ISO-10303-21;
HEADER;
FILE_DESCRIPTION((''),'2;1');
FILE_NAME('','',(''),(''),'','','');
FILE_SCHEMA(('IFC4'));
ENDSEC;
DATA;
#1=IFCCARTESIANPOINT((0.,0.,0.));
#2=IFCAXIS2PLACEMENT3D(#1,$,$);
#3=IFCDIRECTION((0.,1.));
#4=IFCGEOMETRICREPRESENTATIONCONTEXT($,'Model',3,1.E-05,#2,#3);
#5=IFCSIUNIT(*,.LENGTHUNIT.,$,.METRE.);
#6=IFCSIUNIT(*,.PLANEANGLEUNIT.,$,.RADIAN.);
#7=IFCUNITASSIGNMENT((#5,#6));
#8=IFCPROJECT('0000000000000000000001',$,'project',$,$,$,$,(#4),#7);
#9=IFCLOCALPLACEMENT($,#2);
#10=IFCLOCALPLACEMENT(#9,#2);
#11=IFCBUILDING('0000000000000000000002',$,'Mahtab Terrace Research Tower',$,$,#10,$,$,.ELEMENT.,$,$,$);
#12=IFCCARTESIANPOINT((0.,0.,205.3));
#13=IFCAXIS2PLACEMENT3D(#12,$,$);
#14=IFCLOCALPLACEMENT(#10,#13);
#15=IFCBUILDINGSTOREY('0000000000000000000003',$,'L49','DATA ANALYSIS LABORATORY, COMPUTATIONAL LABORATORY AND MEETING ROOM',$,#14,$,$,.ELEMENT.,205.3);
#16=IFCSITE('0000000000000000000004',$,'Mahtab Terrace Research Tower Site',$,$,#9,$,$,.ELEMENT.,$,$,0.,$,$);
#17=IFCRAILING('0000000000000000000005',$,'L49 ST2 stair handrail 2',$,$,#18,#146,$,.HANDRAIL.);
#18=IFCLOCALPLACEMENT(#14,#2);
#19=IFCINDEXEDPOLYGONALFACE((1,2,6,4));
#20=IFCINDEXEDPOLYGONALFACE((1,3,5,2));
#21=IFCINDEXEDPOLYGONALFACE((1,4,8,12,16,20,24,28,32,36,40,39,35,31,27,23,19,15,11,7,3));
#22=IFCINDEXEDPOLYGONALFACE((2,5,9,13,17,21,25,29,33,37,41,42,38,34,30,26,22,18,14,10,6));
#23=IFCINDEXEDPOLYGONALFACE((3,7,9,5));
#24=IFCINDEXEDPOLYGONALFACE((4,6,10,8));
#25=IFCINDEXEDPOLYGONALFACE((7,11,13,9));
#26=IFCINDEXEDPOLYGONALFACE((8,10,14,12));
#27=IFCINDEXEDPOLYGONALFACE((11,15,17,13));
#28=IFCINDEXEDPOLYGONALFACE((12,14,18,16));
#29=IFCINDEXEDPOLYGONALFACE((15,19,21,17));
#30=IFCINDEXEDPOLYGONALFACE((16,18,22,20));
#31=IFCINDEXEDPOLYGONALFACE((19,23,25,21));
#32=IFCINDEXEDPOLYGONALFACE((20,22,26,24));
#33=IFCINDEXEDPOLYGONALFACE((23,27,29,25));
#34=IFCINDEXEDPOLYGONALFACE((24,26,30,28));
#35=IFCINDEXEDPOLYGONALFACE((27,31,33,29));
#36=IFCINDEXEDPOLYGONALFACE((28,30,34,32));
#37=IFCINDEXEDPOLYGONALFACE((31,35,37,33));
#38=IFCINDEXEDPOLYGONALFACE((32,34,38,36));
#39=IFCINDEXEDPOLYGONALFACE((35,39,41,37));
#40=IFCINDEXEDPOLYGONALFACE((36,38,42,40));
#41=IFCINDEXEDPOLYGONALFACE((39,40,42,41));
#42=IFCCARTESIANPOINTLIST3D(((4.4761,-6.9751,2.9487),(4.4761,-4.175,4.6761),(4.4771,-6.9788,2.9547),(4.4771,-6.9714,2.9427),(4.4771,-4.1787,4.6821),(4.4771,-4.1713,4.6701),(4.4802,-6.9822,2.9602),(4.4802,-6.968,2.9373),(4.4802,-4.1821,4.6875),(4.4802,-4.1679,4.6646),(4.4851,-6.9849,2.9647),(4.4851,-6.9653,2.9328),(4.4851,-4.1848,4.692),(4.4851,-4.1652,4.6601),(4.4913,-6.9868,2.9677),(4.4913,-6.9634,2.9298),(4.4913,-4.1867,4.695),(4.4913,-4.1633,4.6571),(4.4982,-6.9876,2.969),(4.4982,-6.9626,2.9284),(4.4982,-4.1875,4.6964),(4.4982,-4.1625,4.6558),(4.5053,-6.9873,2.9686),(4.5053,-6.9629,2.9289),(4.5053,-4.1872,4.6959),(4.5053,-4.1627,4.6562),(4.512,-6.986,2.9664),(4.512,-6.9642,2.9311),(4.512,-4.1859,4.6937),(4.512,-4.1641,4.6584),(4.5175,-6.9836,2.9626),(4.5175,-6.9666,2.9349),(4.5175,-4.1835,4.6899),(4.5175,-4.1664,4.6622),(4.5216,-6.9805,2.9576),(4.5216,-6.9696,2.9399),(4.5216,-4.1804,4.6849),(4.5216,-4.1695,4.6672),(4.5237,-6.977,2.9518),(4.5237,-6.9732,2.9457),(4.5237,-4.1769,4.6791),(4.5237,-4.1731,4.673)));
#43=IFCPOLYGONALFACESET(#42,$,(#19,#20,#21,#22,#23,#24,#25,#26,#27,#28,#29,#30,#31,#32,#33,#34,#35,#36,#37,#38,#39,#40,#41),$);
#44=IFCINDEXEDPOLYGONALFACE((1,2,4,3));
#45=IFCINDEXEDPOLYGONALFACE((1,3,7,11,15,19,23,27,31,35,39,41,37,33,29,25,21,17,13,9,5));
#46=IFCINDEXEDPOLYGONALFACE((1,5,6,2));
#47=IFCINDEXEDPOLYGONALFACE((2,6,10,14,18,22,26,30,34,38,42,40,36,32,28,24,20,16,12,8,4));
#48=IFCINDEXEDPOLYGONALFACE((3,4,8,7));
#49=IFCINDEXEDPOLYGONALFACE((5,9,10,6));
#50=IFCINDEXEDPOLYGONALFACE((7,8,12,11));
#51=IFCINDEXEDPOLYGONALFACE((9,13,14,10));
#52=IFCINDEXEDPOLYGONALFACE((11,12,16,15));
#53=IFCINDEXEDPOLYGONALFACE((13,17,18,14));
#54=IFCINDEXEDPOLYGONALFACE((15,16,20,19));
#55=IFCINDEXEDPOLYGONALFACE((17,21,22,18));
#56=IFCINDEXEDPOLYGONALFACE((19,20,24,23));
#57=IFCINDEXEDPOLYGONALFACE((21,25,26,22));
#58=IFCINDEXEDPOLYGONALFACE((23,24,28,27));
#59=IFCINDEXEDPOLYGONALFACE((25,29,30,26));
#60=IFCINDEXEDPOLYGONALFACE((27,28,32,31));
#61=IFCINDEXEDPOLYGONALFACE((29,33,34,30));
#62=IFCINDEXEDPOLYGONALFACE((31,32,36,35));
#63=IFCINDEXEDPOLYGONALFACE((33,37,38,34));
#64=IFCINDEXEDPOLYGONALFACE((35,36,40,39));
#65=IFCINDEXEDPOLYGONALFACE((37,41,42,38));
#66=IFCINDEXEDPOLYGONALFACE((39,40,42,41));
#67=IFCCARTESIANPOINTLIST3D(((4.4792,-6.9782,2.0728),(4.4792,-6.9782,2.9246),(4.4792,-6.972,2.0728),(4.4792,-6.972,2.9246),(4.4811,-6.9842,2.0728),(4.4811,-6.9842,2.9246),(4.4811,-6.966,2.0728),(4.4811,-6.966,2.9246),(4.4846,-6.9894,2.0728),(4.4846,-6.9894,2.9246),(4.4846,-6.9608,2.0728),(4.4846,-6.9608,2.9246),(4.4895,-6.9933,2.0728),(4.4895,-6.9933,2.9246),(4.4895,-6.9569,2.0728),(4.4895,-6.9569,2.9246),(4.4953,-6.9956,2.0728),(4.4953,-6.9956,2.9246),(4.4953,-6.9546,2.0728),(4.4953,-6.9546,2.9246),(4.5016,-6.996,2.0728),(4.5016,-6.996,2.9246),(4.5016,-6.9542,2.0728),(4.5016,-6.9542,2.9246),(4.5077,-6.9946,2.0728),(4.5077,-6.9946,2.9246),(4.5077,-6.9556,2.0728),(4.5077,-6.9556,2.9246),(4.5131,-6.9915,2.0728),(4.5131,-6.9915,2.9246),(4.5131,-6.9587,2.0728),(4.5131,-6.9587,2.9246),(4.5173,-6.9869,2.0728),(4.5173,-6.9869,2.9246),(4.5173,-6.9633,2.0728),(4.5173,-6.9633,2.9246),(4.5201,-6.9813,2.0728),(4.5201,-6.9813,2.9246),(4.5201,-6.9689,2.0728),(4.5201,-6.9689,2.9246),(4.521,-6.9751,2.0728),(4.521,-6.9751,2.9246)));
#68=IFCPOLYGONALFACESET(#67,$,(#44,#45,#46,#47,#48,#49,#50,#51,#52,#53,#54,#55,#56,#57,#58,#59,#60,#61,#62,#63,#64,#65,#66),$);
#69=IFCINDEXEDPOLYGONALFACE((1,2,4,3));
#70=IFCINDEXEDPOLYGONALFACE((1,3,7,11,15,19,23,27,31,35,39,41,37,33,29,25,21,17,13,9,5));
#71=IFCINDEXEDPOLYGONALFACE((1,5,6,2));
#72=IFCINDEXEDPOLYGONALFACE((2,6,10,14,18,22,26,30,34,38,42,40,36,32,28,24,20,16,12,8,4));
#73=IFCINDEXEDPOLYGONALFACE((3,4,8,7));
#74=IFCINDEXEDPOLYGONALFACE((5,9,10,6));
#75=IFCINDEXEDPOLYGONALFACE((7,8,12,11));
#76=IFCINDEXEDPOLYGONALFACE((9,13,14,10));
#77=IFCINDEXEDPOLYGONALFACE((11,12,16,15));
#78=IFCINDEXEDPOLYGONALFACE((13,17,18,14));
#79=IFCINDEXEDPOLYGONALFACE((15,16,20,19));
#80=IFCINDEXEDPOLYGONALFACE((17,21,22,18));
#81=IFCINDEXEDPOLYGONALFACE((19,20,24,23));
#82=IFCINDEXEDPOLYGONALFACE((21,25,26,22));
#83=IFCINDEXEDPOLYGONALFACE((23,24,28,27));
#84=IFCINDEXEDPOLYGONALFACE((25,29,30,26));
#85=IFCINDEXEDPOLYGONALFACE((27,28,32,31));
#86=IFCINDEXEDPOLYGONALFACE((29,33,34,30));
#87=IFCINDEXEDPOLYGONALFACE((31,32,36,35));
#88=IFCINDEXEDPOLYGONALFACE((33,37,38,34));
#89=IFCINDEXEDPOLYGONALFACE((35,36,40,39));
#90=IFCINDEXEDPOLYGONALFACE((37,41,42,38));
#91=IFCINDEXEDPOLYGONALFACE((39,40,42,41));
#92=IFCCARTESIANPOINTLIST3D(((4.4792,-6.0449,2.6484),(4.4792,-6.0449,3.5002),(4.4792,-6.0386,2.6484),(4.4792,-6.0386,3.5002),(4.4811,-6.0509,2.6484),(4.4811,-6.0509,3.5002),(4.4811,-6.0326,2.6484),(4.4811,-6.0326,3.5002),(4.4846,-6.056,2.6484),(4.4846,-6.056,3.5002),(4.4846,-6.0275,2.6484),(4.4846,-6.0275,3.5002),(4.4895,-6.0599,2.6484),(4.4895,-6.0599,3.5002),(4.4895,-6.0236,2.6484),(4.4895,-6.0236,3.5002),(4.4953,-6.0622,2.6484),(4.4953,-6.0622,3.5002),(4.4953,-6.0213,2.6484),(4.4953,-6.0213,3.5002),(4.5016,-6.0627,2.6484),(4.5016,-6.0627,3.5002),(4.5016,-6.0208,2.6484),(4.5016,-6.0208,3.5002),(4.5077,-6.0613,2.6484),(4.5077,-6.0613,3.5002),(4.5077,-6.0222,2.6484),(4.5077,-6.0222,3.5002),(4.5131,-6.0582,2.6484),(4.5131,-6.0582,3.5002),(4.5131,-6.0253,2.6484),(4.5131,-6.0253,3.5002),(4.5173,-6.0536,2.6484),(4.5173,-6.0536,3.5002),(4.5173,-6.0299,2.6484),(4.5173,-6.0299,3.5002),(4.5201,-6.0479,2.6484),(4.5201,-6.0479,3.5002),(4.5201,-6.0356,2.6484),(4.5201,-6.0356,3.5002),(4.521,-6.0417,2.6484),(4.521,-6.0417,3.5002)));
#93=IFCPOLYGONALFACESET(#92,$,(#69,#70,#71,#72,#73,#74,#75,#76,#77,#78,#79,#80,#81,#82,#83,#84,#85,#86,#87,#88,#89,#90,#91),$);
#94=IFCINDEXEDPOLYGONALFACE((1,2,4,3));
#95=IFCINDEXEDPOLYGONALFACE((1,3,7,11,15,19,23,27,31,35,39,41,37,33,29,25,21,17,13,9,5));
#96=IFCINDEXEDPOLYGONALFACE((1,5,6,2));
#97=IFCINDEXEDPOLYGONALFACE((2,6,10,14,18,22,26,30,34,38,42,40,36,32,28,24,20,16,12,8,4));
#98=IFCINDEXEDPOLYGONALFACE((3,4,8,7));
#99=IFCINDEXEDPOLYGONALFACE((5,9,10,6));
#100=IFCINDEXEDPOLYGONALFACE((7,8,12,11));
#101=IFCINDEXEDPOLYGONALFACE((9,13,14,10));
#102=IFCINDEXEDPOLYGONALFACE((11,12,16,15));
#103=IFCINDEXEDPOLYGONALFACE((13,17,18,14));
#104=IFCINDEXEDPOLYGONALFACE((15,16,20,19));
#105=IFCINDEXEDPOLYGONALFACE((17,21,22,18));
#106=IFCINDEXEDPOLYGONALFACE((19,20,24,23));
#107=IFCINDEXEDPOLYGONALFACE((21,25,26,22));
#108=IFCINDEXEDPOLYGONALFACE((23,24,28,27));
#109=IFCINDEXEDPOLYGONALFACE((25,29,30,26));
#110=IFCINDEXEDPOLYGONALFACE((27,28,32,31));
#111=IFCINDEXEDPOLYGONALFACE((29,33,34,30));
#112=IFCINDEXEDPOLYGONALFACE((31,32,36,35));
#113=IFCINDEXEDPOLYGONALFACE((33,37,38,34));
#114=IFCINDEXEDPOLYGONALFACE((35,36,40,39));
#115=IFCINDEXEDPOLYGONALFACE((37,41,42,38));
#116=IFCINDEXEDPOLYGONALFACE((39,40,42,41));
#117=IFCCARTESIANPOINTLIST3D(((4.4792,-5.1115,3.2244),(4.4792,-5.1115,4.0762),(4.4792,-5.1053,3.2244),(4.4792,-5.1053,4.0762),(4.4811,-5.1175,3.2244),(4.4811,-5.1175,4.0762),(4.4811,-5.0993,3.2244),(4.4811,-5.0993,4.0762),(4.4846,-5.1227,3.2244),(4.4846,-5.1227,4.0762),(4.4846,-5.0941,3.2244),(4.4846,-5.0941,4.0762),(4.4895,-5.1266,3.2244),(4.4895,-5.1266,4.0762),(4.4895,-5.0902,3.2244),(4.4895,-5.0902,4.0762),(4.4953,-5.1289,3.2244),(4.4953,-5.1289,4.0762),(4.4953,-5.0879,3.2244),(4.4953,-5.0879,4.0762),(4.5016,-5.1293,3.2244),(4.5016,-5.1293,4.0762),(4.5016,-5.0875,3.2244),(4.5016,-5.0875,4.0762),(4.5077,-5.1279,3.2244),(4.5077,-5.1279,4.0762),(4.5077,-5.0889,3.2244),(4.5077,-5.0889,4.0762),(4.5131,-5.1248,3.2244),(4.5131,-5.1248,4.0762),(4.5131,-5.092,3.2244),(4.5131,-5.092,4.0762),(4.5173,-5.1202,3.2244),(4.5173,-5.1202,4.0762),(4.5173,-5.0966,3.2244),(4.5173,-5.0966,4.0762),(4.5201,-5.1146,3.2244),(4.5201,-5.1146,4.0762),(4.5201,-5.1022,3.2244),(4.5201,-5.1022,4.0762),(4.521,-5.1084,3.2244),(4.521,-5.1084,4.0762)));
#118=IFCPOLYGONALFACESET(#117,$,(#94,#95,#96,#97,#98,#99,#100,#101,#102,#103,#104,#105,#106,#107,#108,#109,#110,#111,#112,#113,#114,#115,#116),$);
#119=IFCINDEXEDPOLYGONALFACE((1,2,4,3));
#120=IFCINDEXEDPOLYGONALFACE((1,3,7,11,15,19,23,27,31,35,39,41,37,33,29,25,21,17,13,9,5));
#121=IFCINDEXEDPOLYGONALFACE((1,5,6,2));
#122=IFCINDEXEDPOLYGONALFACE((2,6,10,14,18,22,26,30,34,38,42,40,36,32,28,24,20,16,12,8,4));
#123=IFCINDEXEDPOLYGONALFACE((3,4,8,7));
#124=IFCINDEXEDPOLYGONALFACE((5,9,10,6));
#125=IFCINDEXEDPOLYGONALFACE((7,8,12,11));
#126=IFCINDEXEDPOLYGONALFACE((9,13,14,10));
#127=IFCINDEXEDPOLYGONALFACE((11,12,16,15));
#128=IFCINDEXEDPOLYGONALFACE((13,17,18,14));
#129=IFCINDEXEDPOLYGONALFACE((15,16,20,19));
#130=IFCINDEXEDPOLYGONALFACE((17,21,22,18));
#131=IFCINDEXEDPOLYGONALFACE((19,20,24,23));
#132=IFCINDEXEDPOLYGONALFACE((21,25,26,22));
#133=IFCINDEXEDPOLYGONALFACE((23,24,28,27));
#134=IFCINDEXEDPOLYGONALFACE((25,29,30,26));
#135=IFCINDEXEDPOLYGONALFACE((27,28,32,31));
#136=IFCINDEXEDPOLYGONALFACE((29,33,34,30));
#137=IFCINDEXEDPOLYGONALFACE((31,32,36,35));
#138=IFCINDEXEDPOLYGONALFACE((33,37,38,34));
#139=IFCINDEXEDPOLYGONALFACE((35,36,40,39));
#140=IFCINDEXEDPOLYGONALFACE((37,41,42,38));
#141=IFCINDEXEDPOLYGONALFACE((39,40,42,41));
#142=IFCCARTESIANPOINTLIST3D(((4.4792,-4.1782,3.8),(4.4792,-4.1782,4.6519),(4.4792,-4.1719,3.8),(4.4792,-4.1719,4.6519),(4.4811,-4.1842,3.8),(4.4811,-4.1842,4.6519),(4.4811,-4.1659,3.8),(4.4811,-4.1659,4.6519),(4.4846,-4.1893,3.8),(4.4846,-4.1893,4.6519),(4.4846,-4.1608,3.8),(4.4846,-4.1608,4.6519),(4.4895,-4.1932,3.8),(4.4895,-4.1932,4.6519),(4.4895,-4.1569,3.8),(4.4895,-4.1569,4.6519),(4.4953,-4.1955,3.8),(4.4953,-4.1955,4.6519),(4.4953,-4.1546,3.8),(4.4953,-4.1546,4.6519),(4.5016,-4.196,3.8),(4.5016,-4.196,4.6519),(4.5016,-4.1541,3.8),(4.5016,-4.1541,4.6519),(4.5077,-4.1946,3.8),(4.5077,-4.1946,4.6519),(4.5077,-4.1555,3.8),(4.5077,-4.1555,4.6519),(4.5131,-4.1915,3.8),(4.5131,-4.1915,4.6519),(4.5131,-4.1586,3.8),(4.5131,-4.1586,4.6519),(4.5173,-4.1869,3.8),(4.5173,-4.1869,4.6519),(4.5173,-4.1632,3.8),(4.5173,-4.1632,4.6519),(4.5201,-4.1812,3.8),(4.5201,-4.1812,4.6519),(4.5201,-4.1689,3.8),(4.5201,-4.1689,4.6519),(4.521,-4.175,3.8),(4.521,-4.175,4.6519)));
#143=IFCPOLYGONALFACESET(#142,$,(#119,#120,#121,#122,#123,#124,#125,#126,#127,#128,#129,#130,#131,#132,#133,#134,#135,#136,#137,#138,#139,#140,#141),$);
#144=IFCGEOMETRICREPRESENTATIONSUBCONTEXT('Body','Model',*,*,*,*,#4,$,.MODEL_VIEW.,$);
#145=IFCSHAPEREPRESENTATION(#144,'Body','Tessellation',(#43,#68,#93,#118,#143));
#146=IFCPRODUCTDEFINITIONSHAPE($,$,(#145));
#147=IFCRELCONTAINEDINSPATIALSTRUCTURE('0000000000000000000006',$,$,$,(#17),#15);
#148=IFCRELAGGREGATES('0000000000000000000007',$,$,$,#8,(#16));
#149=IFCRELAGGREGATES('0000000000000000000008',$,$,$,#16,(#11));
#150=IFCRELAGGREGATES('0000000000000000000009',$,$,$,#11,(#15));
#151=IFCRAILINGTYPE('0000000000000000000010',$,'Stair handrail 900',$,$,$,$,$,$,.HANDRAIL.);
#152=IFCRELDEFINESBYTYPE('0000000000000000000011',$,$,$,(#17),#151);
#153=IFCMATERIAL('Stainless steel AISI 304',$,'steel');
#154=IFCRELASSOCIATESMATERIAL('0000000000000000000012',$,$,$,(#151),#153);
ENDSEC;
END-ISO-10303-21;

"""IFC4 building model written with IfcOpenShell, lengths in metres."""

from ifc_helpers import new_model, si_unit, direction, frame, origin, origin_2d, place, context, subcontext, project, spatial, circle, extrude, material, type_object, element, save


model = new_model("IFC4")

# Units and contexts
model_context = context("Model", 3, precision=1e-05, world=origin(), true_north=direction((0.0, 1.0)))
body_context = subcontext(model_context, "Body", "Model", "MODEL_VIEW")
ifc_project = project(units=[si_unit("LENGTHUNIT", "METRE"), si_unit("PLANEANGLEUNIT", "RADIAN")], contexts=[model_context])

# Site, building, storey
site_placement = place(None, origin())
site = spatial("IfcSite", under=ifc_project, at=site_placement, Name="Mahtab Terrace Research Tower Site", CompositionType="ELEMENT", RefElevation=0.0)
building_placement = place(site_placement, origin())
building = spatial("IfcBuilding", under=site, at=building_placement, Name="Mahtab Terrace Research Tower", CompositionType="ELEMENT")
storey_placement = place(building_placement, frame((0.0, 0.0, 205.3)))
storey = spatial("IfcBuildingStorey", under=building, at=storey_placement, Name="L49", Description="DATA ANALYSIS LABORATORY, COMPUTATIONAL LABORATORY AND MEETING ROOM", CompositionType="ELEMENT", Elevation=205.3)

# Railing
ifc_material_1 = material(Name="Stainless steel AISI 304", Category="steel")
railing_type_1 = type_object("IfcRailingType", Name="Stair handrail 900", PredefinedType="HANDRAIL", material=ifc_material_1)
railing_1_placement = place(storey_placement, frame((4.5, -6.9751, 2.0728)))
element("IfcRailing", 1, at=railing_1_placement, inside=storey, type_object=railing_type_1, Name="L49 ST2 stair handrail 2", PredefinedType="HANDRAIL", context=body_context, shape_type="SweptSolid", body=[
    extrude(circle(Radius=0.0239, at=origin_2d()), frame((0.0, 0.0, 0.876), z_axis=(0.0, 0.85109, 0.52502), x_axis=(-1.0, 0.0, 0.0)), (0.0, 0.0, 1.0), 3.29),
    extrude(circle(Radius=0.021, at=origin_2d()), origin(), (0.0, 0.0, 1.0), 0.8518),
    extrude(circle(Radius=0.021, at=origin_2d()), frame((0.0, 0.9333, 0.5757)), (0.0, 0.0, 1.0), 0.8518),
    extrude(circle(Radius=0.021, at=origin_2d()), frame((0.0, 1.8667, 1.1516)), (0.0, 0.0, 1.0), 0.8518),
    extrude(circle(Radius=0.021, at=origin_2d()), frame((0.0, 2.8, 1.7273)), (0.0, 0.0, 1.0), 0.8518),
])

save(model, "model.ifc")
